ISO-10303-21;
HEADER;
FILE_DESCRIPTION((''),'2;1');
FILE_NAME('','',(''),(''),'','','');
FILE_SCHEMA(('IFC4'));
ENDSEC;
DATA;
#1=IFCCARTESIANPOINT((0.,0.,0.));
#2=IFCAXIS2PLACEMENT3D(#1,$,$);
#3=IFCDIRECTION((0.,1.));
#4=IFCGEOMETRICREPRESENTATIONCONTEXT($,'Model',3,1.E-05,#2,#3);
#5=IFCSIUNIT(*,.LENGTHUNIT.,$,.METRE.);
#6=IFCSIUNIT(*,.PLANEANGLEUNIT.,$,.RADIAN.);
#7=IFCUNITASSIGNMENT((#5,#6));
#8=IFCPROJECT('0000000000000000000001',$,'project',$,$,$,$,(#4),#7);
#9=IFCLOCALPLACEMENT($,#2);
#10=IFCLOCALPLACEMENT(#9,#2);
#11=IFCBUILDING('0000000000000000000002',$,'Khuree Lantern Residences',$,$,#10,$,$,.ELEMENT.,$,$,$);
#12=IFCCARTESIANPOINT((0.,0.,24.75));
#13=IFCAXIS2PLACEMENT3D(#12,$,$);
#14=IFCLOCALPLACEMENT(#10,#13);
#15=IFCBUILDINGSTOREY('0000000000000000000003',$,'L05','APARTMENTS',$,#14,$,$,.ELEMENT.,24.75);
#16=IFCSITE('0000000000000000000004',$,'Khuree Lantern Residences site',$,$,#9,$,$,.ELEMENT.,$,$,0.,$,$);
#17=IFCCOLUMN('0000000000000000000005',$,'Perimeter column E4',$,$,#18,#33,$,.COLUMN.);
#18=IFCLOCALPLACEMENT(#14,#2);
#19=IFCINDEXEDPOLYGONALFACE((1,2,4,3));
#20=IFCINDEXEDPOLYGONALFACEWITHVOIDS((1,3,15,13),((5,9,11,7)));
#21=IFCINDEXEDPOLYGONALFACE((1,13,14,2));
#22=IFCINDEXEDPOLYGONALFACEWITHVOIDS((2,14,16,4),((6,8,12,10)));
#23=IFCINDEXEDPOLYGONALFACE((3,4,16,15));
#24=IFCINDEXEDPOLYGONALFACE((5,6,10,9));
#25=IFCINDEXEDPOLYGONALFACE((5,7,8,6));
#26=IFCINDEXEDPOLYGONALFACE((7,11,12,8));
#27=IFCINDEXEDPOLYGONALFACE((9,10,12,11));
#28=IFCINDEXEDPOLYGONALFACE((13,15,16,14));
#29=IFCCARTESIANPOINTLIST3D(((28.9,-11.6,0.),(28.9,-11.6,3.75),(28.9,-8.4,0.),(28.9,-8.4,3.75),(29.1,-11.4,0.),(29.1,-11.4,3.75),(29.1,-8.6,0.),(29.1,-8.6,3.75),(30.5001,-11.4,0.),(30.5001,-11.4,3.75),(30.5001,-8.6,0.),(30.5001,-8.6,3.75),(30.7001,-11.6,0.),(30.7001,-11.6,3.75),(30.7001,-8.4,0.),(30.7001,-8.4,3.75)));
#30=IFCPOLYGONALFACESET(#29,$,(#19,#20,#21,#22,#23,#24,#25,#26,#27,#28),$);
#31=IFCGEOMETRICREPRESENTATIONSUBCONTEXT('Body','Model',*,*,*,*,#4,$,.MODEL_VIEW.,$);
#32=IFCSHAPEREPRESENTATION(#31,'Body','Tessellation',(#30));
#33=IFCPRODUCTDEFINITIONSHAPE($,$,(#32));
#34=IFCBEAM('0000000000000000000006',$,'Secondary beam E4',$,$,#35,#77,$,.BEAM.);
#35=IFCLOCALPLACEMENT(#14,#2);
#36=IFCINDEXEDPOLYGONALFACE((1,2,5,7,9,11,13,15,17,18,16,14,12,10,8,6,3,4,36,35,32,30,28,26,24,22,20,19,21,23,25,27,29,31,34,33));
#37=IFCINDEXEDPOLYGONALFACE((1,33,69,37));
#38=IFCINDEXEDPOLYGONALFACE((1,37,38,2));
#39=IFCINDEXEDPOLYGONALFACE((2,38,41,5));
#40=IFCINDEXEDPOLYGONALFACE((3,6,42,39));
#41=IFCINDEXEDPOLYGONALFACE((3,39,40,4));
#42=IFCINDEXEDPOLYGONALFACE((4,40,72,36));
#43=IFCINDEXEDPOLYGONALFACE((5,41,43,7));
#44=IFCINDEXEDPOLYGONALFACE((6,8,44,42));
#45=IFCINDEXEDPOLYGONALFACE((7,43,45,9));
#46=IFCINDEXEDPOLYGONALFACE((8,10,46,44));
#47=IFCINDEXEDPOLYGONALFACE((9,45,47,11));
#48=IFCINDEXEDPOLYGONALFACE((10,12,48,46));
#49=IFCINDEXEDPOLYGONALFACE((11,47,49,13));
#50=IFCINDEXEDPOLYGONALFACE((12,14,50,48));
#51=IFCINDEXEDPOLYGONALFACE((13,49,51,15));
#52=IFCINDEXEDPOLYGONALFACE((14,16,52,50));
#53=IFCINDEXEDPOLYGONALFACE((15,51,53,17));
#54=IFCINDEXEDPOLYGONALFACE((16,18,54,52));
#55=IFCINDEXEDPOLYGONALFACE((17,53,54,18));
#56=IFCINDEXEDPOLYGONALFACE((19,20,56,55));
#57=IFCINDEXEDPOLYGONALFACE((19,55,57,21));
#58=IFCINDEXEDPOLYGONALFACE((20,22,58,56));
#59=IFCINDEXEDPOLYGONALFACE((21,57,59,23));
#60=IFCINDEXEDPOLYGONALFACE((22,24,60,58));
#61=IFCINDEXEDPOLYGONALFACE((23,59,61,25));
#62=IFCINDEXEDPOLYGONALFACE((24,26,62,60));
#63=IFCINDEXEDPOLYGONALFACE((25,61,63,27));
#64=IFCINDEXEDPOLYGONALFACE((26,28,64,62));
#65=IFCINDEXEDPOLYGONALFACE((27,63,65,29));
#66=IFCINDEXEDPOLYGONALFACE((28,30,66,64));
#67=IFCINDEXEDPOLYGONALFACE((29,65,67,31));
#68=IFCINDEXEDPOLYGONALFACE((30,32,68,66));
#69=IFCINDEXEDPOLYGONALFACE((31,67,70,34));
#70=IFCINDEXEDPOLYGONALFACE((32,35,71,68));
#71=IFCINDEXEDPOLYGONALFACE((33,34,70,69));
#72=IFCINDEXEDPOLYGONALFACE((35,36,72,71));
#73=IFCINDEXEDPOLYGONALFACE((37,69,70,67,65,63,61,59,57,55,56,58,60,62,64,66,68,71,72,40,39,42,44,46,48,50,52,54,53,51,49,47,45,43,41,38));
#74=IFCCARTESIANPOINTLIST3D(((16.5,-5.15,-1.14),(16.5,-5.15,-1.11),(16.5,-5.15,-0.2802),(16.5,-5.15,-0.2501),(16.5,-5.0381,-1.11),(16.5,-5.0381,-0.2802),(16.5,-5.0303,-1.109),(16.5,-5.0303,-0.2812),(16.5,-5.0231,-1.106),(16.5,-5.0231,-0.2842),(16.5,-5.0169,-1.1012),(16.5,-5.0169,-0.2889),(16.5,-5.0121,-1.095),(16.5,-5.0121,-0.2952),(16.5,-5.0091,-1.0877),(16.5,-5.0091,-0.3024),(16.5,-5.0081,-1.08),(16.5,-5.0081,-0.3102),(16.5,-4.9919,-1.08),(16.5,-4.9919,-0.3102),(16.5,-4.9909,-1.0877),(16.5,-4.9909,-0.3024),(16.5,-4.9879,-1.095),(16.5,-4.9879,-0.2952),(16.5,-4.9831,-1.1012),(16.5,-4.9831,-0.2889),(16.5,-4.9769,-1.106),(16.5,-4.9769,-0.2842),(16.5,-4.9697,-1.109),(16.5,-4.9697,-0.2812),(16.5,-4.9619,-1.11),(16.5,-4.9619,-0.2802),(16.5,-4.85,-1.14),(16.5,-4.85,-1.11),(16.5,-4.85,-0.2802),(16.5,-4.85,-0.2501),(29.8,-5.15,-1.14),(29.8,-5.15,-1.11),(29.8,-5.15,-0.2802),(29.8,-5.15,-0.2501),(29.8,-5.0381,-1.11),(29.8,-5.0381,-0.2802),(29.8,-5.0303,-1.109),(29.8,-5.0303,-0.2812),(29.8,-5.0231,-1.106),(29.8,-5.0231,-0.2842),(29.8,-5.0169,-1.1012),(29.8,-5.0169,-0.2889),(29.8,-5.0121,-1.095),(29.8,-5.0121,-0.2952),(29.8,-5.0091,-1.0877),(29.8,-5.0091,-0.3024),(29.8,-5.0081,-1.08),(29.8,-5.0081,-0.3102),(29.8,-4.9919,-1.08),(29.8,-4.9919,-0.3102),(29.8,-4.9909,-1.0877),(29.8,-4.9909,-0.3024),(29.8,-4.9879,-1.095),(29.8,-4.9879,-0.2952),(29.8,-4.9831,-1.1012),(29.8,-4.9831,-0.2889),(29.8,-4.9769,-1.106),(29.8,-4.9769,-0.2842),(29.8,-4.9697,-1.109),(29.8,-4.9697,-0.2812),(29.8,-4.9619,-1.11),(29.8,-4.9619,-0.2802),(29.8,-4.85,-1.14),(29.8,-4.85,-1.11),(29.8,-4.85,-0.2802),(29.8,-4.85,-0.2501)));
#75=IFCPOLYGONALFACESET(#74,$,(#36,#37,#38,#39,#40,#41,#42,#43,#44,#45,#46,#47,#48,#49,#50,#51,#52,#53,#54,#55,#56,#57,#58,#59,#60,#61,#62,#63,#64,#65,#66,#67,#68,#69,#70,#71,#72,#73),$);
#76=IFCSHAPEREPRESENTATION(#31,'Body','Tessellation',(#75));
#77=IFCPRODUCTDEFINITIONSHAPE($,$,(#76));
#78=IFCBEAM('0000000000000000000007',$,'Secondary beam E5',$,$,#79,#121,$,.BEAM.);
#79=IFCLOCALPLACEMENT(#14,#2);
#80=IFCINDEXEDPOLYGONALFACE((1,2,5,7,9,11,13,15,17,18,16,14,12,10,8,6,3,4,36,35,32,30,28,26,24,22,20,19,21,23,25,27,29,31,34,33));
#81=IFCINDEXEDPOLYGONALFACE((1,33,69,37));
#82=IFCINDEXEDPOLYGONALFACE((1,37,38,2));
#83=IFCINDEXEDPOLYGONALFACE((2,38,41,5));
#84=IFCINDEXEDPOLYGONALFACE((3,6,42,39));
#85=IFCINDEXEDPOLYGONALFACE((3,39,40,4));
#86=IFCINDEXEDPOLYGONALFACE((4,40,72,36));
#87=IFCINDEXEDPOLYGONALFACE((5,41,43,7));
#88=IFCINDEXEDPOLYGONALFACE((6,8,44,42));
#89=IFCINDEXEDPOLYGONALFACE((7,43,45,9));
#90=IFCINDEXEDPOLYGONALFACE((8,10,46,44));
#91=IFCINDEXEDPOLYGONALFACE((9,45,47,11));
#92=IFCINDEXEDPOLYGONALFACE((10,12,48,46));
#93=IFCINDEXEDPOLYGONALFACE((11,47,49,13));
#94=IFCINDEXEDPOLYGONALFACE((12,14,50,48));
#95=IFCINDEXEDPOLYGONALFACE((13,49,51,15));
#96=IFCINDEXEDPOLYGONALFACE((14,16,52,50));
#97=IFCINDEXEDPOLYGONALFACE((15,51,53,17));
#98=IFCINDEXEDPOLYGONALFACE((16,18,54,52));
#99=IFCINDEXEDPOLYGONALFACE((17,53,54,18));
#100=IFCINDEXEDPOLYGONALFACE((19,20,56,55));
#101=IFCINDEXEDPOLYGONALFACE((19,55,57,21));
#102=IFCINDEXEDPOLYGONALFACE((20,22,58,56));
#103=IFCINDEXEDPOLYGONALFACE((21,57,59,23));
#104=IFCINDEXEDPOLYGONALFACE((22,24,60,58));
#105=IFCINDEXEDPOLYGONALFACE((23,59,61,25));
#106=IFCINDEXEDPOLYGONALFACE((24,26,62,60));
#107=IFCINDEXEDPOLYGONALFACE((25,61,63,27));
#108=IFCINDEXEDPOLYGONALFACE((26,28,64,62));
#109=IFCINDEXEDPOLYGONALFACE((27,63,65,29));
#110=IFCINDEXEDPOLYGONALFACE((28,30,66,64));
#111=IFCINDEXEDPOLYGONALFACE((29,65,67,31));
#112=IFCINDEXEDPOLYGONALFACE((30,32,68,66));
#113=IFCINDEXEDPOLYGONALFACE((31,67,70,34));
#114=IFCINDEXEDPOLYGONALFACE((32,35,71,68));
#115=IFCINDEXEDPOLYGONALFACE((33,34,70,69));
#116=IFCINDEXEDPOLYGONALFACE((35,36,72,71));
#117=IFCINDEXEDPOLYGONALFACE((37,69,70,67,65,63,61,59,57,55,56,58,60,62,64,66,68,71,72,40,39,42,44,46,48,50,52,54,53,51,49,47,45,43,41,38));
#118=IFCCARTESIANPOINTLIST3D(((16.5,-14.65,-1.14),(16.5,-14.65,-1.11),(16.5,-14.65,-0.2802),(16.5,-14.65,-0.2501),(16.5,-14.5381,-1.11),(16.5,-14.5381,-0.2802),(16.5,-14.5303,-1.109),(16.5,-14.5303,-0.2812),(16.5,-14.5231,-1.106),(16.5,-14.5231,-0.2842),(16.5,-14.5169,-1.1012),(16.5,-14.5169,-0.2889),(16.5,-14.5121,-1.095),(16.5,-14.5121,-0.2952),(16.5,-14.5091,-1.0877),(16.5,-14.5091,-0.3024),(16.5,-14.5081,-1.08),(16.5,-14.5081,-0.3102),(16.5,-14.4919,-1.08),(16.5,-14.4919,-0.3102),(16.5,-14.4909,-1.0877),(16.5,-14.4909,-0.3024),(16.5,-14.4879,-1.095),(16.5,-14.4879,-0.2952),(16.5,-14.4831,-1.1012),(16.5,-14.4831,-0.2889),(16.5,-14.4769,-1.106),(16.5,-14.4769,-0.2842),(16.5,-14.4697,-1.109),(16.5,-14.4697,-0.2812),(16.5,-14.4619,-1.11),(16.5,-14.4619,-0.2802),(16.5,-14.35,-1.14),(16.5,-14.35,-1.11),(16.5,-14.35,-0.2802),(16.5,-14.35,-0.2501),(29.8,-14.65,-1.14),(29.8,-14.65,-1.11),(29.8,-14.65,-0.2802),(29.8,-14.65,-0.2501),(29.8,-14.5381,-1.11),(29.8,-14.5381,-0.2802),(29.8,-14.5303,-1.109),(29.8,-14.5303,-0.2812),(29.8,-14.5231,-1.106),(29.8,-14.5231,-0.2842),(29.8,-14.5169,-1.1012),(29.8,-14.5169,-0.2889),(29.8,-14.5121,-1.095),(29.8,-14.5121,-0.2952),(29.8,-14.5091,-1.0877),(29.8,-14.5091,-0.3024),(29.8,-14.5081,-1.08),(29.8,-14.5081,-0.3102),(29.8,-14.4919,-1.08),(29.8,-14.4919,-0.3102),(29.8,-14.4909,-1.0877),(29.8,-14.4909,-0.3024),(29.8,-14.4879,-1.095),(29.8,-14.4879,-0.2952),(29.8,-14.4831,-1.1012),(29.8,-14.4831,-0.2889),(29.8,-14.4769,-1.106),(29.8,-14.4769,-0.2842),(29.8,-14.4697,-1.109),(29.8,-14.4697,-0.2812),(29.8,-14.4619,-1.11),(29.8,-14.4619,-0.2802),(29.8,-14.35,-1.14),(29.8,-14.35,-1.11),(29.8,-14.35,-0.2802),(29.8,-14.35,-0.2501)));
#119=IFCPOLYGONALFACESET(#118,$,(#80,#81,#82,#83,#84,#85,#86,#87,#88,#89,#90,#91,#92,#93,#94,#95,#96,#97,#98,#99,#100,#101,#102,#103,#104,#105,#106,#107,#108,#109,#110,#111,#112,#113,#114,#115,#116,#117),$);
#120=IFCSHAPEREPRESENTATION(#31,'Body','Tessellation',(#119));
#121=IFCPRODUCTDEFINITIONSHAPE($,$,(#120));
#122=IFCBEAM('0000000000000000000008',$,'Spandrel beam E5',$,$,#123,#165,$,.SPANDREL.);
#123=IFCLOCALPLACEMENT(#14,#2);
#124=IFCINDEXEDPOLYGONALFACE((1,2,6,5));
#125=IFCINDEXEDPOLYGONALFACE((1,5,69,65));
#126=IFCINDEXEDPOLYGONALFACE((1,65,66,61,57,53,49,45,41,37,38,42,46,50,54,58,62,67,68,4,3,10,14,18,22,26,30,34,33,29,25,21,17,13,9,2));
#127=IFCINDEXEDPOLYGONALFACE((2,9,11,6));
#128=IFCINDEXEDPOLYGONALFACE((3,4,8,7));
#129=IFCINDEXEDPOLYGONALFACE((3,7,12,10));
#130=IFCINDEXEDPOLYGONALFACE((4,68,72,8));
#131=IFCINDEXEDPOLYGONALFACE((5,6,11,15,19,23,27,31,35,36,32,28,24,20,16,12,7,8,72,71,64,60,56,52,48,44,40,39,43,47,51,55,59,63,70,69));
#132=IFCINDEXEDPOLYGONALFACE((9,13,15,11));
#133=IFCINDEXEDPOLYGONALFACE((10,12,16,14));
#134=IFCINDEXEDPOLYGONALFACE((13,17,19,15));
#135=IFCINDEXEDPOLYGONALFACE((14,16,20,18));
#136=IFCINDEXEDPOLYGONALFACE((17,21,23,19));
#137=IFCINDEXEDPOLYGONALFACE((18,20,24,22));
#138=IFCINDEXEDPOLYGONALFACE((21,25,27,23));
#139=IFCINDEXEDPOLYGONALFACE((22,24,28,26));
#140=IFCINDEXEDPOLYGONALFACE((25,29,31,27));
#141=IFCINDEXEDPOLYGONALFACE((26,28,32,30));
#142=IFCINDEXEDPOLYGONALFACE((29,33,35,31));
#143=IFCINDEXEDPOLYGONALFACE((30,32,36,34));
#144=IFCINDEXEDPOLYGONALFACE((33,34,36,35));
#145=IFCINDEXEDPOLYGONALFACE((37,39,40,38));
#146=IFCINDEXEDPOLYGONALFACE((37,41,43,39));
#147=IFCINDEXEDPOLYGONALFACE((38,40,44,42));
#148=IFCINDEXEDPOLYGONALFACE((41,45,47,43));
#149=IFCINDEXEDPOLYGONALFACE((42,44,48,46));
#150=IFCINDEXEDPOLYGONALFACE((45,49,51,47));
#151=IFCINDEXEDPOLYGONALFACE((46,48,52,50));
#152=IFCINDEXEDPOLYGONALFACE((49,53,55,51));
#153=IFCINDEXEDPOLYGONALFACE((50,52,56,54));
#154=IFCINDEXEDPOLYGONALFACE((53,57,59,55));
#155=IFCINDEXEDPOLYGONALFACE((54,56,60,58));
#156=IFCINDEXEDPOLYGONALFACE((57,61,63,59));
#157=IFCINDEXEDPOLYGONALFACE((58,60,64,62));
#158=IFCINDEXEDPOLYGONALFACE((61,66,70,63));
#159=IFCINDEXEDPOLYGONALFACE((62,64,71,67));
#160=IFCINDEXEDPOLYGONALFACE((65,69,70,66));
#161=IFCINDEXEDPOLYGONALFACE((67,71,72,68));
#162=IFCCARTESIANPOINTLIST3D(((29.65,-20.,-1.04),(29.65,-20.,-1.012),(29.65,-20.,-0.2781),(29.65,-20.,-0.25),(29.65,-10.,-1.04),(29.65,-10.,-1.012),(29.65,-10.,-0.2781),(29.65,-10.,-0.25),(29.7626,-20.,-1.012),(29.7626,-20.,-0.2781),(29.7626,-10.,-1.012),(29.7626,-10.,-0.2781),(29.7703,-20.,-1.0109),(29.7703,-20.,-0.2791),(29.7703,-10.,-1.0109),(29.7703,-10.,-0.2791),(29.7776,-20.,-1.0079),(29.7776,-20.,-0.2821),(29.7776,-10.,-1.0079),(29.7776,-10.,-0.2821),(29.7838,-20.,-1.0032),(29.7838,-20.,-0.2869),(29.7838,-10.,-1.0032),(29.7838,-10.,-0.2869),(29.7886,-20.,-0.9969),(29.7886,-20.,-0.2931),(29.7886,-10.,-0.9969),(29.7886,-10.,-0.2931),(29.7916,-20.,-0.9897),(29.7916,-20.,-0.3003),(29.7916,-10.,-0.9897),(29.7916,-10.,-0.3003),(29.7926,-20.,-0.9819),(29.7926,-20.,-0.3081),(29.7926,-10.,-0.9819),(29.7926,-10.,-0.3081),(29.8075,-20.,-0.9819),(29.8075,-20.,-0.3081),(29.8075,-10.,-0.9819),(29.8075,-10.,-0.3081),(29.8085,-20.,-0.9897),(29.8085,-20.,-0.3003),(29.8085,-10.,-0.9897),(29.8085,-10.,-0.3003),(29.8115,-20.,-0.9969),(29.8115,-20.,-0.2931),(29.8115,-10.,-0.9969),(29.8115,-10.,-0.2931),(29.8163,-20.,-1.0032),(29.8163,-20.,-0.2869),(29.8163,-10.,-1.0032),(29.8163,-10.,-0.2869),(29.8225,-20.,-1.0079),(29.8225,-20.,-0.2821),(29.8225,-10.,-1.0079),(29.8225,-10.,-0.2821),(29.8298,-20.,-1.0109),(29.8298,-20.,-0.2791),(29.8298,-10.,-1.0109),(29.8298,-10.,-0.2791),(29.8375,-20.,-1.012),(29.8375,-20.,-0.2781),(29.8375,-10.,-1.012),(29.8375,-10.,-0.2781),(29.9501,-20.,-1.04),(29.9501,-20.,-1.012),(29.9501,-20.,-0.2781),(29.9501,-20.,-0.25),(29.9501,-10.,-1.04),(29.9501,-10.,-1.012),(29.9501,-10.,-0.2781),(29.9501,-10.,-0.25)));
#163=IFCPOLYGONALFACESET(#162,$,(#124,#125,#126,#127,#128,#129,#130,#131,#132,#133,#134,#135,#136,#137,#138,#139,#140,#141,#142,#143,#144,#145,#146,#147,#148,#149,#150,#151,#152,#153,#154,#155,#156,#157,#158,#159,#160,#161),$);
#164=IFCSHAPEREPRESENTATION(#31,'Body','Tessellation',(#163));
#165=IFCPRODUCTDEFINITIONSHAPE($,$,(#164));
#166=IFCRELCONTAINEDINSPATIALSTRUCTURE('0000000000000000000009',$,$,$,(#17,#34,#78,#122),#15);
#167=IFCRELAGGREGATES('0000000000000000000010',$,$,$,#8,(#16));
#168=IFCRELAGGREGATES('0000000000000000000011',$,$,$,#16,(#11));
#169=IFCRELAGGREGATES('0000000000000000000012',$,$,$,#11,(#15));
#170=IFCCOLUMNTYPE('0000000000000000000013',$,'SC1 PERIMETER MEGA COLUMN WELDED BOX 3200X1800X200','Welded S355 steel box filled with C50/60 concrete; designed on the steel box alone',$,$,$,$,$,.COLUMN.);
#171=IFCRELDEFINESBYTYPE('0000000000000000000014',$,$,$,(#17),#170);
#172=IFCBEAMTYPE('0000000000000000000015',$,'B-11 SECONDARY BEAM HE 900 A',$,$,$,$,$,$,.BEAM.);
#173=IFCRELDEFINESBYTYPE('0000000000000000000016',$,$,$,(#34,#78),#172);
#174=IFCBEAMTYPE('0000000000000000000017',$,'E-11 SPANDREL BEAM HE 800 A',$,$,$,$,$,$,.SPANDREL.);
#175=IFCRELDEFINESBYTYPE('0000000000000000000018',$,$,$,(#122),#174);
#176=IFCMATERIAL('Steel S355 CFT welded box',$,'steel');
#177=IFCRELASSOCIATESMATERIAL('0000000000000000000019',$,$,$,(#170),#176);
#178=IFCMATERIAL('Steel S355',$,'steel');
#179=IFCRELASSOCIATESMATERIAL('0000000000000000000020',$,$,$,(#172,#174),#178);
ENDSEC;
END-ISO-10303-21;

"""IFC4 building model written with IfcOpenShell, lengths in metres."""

from ifc_helpers import new_model, si_unit, direction, frame, origin, origin_2d, place, context, subcontext, project, spatial, hollow_rectangle, i_section, extrude, material, material_profile, profile_set, type_object, element, save


model = new_model("IFC4")

# Units and contexts
model_context = context("Model", 3, precision=1e-05, world=origin(), true_north=direction((0.0, 1.0)))
body_context = subcontext(model_context, "Body", "Model", "MODEL_VIEW")
ifc_project = project(units=[si_unit("LENGTHUNIT", "METRE"), si_unit("PLANEANGLEUNIT", "RADIAN")], contexts=[model_context])

# Site, building, storey
site_placement = place(None, origin())
site = spatial("IfcSite", under=ifc_project, at=site_placement, Name="Khuree Lantern Residences site", CompositionType="ELEMENT", RefElevation=0.0)
building_placement = place(site_placement, origin())
building = spatial("IfcBuilding", under=site, at=building_placement, Name="Khuree Lantern Residences", CompositionType="ELEMENT")
storey_placement = place(building_placement, frame((0.0, 0.0, 24.75)))
storey = spatial("IfcBuildingStorey", under=building, at=storey_placement, Name="L05", Description="APARTMENTS", CompositionType="ELEMENT", Elevation=24.75)

# Column
ifc_material_1 = material(Name="Steel S355 CFT welded box", Category="steel")
ifc_material_profile_1 = material_profile(ifc_material_1, hollow_rectangle(XDim=3.2, YDim=1.8, WallThickness=0.2, at=origin_2d()), Name="WELDED BOX 3200X1800X200")
ifc_profile_set_1 = profile_set([ifc_material_profile_1], Name="Steel S355 CFT welded box")
column_type = type_object("IfcColumnType", Name="SC1 PERIMETER MEGA COLUMN WELDED BOX 3200X1800X200", Description="Welded S355 steel box filled with C50/60 concrete; designed on the steel box alone", PredefinedType="COLUMN", material=ifc_profile_set_1)
column_placement = place(storey_placement, frame((29.8, -10.0, 0.0), z_axis=(0.0, 0.0, 1.0), x_axis=(0.0, 1.0, 0.0)))
element("IfcColumn", 1, at=column_placement, inside=storey, type_object=column_type, Name="Perimeter column E4", PredefinedType="COLUMN", context=body_context, shape_type="SweptSolid", body=[
    extrude(hollow_rectangle(XDim=3.2, YDim=1.8, WallThickness=0.2, at=origin_2d()), origin(), (0.0, 0.0, 1.0), 3.75),
])

# Beams
ifc_material_2 = material(Name="Steel S355", Category="steel")
ifc_material_profile_2 = material_profile(ifc_material_2, i_section(OverallWidth=0.3, OverallDepth=0.8899, WebThickness=0.0161, FlangeThickness=0.03, FilletRadius=0.03, at=origin_2d()), Name="HE 900 A")
ifc_profile_set_2 = profile_set([ifc_material_profile_2], Name="Steel S355")
beam_type_1 = type_object("IfcBeamType", Name="B-11 SECONDARY BEAM HE 900 A", PredefinedType="BEAM", material=ifc_profile_set_2)
for number, where, z_axis, x_axis, name in (
    (2, (29.8, -5.0, -0.6951), (-1.0, 0.0, 0.0), (0.0, -1.0, 0.0), "Secondary beam E4"),
    (3, (29.8, -14.5, -0.6951), (-1.0, 0.0, 0.0), (0.0, -1.0, 0.0), "Secondary beam E5"),
):
    element("IfcBeam", number, at=place(storey_placement, frame(where, z_axis=z_axis, x_axis=x_axis)), inside=storey, type_object=beam_type_1, Name=name, PredefinedType="BEAM", context=body_context, shape_type="SweptSolid", body=[
        extrude(i_section(OverallWidth=0.3, OverallDepth=0.8899, WebThickness=0.0161, FlangeThickness=0.03, FilletRadius=0.03, at=origin_2d()), origin(), (0.0, 0.0, 1.0), 13.3),
    ])
ifc_material_profile_3 = material_profile(ifc_material_2, i_section(OverallWidth=0.3, OverallDepth=0.79, WebThickness=0.0149, FlangeThickness=0.0281, FilletRadius=0.03, at=origin_2d()), Name="HE 800 A")
ifc_profile_set_3 = profile_set([ifc_material_profile_3], Name="Steel S355")
beam_type_2 = type_object("IfcBeamType", Name="E-11 SPANDREL BEAM HE 800 A", PredefinedType="SPANDREL", material=ifc_profile_set_3)
beam_1_placement = place(storey_placement, frame((29.8, -10.0, -0.645), z_axis=(0.0, -1.0, 0.0), x_axis=(1.0, 0.0, 0.0)))
element("IfcBeam", 4, at=beam_1_placement, inside=storey, type_object=beam_type_2, Name="Spandrel beam E5", PredefinedType="SPANDREL", context=body_context, shape_type="SweptSolid", body=[
    extrude(i_section(OverallWidth=0.3, OverallDepth=0.79, WebThickness=0.0149, FlangeThickness=0.0281, FilletRadius=0.03, at=origin_2d()), origin(), (0.0, 0.0, 1.0), 10.0),
])

save(model, "model.ifc")
